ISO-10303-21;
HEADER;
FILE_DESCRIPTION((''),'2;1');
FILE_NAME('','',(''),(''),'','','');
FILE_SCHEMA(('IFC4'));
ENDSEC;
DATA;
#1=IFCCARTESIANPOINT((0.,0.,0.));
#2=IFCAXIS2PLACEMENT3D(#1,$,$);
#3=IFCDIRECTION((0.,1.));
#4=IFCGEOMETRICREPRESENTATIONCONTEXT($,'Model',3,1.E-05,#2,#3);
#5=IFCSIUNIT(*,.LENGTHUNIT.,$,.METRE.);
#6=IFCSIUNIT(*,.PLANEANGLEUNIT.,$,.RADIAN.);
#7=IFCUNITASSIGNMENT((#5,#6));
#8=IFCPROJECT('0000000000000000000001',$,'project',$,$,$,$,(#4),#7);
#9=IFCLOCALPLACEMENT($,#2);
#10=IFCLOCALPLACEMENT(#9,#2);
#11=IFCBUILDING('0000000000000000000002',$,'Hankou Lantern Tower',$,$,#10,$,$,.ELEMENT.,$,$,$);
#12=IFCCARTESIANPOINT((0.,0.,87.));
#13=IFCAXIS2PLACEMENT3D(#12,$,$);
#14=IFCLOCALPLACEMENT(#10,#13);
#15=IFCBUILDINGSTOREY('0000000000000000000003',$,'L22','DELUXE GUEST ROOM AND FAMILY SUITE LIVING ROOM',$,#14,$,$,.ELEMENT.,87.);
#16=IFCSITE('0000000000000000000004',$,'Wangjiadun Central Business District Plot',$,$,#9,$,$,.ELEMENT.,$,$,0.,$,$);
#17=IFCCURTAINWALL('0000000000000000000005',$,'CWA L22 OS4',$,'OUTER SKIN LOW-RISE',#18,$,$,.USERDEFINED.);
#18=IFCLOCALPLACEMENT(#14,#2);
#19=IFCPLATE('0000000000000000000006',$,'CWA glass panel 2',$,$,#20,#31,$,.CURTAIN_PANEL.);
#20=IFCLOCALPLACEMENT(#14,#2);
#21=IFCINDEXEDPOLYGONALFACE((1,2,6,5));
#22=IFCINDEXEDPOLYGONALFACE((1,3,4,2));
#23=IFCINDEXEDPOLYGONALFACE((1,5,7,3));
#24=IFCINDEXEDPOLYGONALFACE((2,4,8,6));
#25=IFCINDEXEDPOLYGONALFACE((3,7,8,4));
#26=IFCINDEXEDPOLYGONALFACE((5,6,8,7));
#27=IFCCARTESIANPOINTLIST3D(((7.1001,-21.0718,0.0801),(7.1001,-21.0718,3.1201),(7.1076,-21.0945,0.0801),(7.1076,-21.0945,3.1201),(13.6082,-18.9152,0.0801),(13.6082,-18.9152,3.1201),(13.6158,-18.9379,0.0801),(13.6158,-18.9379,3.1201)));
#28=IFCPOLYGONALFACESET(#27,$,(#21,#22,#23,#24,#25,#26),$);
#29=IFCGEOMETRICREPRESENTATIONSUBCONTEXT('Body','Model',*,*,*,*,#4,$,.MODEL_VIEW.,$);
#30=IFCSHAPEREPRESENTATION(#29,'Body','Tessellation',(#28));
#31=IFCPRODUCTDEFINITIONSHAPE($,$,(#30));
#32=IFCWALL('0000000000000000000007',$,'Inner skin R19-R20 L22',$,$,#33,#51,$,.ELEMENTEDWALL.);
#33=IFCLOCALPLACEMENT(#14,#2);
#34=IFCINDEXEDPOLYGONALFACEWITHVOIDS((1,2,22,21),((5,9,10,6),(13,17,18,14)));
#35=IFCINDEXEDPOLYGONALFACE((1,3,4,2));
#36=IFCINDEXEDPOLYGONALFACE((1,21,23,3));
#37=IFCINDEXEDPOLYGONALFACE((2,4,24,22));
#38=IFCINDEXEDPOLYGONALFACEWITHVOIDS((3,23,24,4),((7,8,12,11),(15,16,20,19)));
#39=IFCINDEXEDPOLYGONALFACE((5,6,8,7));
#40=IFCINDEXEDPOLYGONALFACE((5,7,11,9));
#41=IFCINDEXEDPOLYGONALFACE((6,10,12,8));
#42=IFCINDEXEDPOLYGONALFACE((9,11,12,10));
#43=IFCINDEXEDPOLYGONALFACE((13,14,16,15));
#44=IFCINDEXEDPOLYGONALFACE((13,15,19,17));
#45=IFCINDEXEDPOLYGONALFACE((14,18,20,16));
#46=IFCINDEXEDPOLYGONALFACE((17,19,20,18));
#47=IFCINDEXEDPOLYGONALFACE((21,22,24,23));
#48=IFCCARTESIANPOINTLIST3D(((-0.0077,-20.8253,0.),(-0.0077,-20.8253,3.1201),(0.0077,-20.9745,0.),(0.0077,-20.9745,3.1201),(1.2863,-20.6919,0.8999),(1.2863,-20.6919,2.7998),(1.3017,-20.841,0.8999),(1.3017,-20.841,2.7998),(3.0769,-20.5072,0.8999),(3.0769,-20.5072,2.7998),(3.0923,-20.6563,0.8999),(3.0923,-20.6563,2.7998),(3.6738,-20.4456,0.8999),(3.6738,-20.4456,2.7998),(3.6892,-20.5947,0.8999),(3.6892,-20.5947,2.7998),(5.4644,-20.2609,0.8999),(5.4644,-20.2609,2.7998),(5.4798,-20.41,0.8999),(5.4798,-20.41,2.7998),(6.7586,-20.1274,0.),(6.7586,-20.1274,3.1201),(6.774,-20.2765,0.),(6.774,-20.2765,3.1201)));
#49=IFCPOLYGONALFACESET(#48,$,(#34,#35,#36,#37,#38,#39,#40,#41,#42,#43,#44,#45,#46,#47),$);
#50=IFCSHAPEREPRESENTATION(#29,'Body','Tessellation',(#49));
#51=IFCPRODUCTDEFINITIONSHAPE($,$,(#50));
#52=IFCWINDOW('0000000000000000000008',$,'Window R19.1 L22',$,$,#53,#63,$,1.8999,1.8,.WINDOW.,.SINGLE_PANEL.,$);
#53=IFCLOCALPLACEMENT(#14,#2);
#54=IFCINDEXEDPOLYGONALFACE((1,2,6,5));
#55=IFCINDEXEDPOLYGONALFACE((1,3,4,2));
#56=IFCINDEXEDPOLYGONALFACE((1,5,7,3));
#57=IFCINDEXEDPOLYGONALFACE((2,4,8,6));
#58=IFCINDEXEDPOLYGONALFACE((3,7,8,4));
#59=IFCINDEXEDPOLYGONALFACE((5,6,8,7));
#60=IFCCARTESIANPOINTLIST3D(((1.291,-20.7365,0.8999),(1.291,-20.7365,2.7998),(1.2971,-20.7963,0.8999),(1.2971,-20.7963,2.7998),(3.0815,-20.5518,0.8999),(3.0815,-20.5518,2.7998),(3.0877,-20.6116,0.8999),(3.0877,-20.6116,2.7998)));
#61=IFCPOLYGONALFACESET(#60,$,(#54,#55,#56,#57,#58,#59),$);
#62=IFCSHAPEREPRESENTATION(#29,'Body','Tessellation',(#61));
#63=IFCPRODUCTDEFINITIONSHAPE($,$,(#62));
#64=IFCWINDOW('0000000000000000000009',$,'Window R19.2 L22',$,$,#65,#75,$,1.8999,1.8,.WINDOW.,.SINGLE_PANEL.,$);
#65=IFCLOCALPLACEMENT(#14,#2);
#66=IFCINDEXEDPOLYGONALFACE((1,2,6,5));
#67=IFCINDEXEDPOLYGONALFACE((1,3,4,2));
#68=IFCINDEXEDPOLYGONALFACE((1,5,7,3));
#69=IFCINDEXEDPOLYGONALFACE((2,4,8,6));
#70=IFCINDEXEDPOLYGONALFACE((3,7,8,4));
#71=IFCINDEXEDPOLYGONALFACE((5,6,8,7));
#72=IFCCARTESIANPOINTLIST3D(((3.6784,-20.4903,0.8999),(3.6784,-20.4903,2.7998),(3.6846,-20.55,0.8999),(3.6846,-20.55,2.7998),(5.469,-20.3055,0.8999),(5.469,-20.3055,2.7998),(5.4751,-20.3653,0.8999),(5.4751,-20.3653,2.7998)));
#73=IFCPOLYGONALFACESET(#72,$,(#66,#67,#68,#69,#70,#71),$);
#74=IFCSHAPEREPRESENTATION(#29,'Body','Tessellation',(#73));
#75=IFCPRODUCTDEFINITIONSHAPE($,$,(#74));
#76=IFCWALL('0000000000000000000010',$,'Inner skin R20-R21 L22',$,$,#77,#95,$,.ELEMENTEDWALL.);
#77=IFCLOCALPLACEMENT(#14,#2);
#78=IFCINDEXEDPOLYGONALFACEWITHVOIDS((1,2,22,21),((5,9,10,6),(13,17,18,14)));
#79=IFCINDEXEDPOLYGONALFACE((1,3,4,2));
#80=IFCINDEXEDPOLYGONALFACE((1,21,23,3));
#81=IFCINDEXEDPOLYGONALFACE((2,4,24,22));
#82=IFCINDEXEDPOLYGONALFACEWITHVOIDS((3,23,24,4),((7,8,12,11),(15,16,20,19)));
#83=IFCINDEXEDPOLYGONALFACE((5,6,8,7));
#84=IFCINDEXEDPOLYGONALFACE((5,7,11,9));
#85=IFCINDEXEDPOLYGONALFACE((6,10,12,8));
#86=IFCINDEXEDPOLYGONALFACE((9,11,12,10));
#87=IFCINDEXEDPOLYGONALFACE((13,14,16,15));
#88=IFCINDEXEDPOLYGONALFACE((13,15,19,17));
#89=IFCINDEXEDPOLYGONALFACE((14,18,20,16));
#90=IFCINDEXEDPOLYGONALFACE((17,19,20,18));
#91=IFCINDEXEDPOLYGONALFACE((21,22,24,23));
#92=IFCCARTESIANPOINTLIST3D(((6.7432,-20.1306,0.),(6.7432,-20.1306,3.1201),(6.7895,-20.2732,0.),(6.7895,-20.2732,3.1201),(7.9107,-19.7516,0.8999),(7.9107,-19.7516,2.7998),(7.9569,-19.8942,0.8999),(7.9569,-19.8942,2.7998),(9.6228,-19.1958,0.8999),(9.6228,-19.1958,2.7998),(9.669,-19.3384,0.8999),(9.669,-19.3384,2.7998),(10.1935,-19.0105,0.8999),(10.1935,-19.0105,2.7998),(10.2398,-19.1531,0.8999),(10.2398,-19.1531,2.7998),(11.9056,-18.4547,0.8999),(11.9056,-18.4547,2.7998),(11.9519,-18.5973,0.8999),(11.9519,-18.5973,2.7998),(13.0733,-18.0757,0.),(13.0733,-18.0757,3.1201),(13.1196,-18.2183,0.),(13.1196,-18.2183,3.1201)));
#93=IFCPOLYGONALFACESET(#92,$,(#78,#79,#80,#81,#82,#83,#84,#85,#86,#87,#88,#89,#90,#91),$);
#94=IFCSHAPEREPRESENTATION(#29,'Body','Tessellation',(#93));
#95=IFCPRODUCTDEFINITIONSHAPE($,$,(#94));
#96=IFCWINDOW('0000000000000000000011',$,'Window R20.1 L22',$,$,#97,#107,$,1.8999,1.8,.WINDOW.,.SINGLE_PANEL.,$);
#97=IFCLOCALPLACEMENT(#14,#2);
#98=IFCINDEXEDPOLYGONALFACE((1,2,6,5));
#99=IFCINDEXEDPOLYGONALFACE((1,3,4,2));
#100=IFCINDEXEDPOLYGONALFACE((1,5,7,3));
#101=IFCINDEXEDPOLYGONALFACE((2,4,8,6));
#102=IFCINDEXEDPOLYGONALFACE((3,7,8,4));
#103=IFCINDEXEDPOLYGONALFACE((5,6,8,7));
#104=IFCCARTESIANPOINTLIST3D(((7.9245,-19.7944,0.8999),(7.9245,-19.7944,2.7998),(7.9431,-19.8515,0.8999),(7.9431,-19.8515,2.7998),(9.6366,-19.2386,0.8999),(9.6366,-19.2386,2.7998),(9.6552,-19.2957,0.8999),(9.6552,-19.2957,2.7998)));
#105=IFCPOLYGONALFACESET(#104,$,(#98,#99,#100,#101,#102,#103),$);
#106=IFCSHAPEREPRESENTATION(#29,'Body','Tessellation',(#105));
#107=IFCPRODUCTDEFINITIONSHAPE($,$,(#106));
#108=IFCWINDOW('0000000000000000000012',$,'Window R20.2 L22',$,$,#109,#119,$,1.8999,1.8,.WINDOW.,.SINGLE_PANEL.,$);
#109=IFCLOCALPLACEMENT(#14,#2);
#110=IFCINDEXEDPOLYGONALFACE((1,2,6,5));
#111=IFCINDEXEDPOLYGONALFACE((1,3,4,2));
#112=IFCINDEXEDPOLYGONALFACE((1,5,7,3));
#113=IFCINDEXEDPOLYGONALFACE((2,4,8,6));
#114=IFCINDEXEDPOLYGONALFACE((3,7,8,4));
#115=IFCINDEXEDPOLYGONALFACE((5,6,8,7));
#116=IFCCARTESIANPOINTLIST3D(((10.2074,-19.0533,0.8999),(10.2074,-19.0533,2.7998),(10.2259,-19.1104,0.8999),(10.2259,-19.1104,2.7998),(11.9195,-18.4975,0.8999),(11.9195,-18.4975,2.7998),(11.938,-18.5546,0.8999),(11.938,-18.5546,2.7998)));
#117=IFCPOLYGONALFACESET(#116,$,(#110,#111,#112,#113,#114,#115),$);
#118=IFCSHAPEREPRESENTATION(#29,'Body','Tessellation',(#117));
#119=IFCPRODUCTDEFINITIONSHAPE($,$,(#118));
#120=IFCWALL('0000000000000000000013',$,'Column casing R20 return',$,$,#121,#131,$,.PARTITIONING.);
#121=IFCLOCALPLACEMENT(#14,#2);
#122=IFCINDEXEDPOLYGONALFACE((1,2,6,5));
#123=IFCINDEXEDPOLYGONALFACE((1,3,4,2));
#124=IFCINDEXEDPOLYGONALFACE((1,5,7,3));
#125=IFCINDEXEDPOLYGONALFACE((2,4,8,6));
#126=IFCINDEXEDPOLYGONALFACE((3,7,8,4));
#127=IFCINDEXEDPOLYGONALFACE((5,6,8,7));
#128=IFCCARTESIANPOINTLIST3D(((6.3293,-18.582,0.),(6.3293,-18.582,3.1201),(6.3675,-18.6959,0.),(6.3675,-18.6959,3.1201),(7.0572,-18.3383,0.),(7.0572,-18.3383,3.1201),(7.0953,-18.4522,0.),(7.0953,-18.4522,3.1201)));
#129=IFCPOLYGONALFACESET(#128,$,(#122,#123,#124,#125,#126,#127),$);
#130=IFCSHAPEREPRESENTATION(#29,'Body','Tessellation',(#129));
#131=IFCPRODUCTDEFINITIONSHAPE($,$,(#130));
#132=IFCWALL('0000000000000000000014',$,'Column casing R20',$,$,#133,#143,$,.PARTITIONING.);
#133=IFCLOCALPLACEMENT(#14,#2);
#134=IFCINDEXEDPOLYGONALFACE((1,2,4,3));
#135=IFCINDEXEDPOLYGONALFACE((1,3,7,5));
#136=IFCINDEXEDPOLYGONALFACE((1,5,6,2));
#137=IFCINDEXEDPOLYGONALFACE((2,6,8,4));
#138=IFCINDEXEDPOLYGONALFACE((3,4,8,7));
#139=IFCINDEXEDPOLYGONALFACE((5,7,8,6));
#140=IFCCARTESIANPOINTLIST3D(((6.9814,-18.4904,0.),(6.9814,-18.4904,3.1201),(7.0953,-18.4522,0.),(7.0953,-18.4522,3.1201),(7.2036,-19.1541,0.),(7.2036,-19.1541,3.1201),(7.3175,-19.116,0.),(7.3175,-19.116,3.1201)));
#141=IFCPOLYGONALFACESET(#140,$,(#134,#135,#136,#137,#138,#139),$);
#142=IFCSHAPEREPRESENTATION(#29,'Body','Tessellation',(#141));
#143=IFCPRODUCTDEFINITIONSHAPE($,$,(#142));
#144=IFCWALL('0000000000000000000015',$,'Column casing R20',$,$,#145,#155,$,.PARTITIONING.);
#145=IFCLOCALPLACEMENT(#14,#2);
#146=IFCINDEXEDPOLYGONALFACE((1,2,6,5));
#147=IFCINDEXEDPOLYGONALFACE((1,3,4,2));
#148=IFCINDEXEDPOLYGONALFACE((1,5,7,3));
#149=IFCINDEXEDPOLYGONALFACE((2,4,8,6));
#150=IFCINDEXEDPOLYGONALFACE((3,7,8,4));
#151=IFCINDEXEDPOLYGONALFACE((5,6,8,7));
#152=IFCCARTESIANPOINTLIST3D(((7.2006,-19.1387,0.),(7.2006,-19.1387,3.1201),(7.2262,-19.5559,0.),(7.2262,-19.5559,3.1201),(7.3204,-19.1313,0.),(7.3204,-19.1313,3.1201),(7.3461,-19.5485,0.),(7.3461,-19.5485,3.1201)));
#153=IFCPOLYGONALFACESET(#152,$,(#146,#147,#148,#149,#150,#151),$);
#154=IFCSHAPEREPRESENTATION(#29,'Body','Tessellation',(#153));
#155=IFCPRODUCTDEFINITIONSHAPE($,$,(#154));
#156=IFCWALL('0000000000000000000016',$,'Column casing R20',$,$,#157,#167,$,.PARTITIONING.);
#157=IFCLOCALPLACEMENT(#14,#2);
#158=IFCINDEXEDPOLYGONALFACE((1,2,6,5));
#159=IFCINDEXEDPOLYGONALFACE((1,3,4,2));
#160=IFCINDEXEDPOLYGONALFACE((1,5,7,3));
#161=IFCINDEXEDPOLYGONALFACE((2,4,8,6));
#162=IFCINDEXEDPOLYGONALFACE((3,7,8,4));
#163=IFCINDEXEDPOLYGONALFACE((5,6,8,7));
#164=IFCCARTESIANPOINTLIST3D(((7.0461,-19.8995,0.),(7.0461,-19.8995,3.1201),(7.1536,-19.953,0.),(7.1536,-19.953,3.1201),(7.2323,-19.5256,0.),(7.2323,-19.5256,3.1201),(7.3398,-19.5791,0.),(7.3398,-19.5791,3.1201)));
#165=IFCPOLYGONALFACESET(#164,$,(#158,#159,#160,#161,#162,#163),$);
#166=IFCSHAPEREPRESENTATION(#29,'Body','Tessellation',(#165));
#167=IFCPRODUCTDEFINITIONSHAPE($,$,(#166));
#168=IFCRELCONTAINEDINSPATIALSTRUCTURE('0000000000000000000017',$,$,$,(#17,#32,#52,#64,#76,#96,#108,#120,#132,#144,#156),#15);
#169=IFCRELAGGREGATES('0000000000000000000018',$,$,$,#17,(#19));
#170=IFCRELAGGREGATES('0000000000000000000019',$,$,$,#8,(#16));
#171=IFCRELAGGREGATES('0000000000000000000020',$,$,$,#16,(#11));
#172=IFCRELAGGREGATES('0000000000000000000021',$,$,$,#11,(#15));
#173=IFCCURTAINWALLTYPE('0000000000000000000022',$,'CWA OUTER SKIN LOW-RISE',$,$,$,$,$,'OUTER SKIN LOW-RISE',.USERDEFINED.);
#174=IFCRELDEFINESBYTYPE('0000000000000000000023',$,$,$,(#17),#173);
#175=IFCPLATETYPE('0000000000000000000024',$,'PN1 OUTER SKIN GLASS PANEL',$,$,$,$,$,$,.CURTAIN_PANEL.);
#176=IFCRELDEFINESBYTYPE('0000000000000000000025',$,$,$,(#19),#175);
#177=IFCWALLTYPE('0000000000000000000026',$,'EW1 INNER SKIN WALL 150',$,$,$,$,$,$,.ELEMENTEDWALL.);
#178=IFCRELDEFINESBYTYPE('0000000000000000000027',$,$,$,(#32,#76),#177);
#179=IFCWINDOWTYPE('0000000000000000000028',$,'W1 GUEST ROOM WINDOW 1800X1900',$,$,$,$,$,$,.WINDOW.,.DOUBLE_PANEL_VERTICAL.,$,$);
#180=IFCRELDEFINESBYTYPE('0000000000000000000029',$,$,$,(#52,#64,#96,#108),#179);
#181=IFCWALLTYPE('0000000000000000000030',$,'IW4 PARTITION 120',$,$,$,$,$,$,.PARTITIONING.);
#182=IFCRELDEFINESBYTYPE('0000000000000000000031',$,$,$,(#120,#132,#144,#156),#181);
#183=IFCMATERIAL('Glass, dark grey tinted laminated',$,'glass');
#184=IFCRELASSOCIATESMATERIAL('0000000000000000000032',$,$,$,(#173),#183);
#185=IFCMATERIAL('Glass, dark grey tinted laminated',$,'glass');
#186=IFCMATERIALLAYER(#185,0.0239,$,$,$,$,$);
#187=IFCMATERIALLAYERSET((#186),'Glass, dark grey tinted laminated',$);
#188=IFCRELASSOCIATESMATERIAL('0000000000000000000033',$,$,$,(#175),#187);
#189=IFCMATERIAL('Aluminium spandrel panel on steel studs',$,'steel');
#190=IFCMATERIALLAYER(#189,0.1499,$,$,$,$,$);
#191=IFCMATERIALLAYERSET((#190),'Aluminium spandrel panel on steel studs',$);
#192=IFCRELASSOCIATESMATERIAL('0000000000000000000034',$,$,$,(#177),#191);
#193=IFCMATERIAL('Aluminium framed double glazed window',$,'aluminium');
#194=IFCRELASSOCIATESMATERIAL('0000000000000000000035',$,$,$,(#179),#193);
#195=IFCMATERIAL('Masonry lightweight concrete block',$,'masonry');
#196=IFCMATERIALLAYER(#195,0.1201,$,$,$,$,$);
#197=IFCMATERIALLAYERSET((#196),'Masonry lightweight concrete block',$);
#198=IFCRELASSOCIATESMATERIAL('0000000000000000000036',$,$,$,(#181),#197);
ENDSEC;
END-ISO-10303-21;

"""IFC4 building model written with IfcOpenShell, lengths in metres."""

from ifc_helpers import new_model, si_unit, direction, frame, frame_2d, origin, origin_2d, place, context, subcontext, project, spatial, rectangle, extrude, material, layer, layer_set, type_object, element, fill, aggregate, save


model = new_model("IFC4")

# Units and contexts
model_context = context("Model", 3, precision=1e-05, world=origin(), true_north=direction((0.0, 1.0)))
body_context = subcontext(model_context, "Body", "Model", "MODEL_VIEW")
ifc_project = project(units=[si_unit("LENGTHUNIT", "METRE"), si_unit("PLANEANGLEUNIT", "RADIAN")], contexts=[model_context])

# Site, building, storey
site_placement = place(None, origin())
site = spatial("IfcSite", under=ifc_project, at=site_placement, Name="Wangjiadun Central Business District Plot", CompositionType="ELEMENT", RefElevation=0.0)
building_placement = place(site_placement, origin())
building = spatial("IfcBuilding", under=site, at=building_placement, Name="Hankou Lantern Tower", CompositionType="ELEMENT")
storey_placement = place(building_placement, frame((0.0, 0.0, 87.0)))
storey = spatial("IfcBuildingStorey", under=building, at=storey_placement, Name="L22", Description="DELUXE GUEST ROOM AND FAMILY SUITE LIVING ROOM", CompositionType="ELEMENT", Elevation=87.0)

# Curtain wall
ifc_material_1 = material(Name="Glass, dark grey tinted laminated", Category="glass")
curtain_wall_type = type_object("IfcCurtainWallType", Name="CWA OUTER SKIN LOW-RISE", ElementType="OUTER SKIN LOW-RISE", PredefinedType="USERDEFINED", material=ifc_material_1)
curtain_wall_placement = place(storey_placement, origin())
curtain_wall = element("IfcCurtainWall", 1, at=curtain_wall_placement, inside=storey, type_object=curtain_wall_type, Name="CWA L22 OS4", ObjectType="OUTER SKIN LOW-RISE", PredefinedType="USERDEFINED")

# Plate
ifc_material_2 = material(Name="Glass, dark grey tinted laminated", Category="glass")
ifc_layer_1 = layer(ifc_material_2, 0.0239)
ifc_layer_set_1 = layer_set([ifc_layer_1], Name="Glass, dark grey tinted laminated")
plate_type = type_object("IfcPlateType", Name="PN1 OUTER SKIN GLASS PANEL", PredefinedType="CURTAIN_PANEL", material=ifc_layer_set_1)
plate_1_placement = place(storey_placement, frame((10.3579, -20.0049, 0.0801), z_axis=(0.0, 0.0, 1.0), x_axis=(0.949241, 0.314551, 0.0)))
plate_1 = element("IfcPlate", 2, at=plate_1_placement, type_object=plate_type, Name="CWA glass panel 2", PredefinedType="CURTAIN_PANEL", context=body_context, shape_type="SweptSolid", body=[
    extrude(rectangle(XDim=6.8562, YDim=0.0239, at=origin_2d()), origin(), (0.0, 0.0, 1.0), 3.04),
])
aggregate(curtain_wall, [plate_1])

# Walls, openings, windows
ifc_material_3 = material(Name="Aluminium spandrel panel on steel studs", Category="steel")
ifc_layer_2 = layer(ifc_material_3, 0.1499)
ifc_layer_set_2 = layer_set([ifc_layer_2], Name="Aluminium spandrel panel on steel studs")
wall_type_1 = type_object("IfcWallType", Name="EW1 INNER SKIN WALL 150", PredefinedType="ELEMENTEDWALL", material=ifc_layer_set_2)
wall_1_placement = place(storey_placement, frame((0.0, -20.8999, 0.0), z_axis=(0.0, 0.0, 1.0), x_axis=(0.994721, 0.102613, 0.0)))
wall_1 = element("IfcWall", 3, at=wall_1_placement, inside=storey, type_object=wall_type_1, Name="Inner skin R19-R20 L22", PredefinedType="ELEMENTEDWALL", context=body_context, shape_type="SweptSolid", body=[
    extrude(rectangle(XDim=6.8022, YDim=0.1499, at=frame_2d((3.4011, 0.0))), origin(), (0.0, 0.0, 1.0), 3.1201),
])
opening_1_placement = place(wall_1_placement, frame((1.301, 0.0, 0.8999)))
opening_1 = element("IfcOpeningElement", 4, at=opening_1_placement, cuts=wall_1, PredefinedType="OPENING", context=body_context, shape_type="SweptSolid", body=[
    extrude(rectangle(XDim=1.8, YDim=1.8999, at=frame_2d((0.8999, 0.95))), frame((0.0, 0.085, 0.0), z_axis=(0.0, -1.0, 0.0), x_axis=(1.0, 0.0, 0.0)), (0.0, 0.0, 1.0), 0.1699),
])
opening_2_placement = place(wall_1_placement, frame((3.7012, 0.0, 0.8999)))
opening_2 = element("IfcOpeningElement", 5, at=opening_2_placement, cuts=wall_1, PredefinedType="OPENING", context=body_context, shape_type="SweptSolid", body=[
    extrude(rectangle(XDim=1.8, YDim=1.8999, at=frame_2d((0.8999, 0.95))), frame((0.0, 0.085, 0.0), z_axis=(0.0, -1.0, 0.0), x_axis=(1.0, 0.0, 0.0)), (0.0, 0.0, 1.0), 0.1699),
])
ifc_material_4 = material(Name="Aluminium framed double glazed window", Category="aluminium")
window_type = type_object("IfcWindowType", Name="W1 GUEST ROOM WINDOW 1800X1900", PartitioningType="DOUBLE_PANEL_VERTICAL", PredefinedType="WINDOW", material=ifc_material_4)
window_1_placement = place(opening_1_placement, origin())
window_1 = element("IfcWindow", 6, at=window_1_placement, inside=storey, type_object=window_type, Name="Window R19.1 L22", OverallHeight=1.8999, OverallWidth=1.8, PartitioningType="SINGLE_PANEL", PredefinedType="WINDOW", context=body_context, shape_type="SweptSolid", body=[
    extrude(rectangle(XDim=1.8, YDim=1.8999, at=frame_2d((0.8999, 0.95))), frame((0.0, 0.03, 0.0), z_axis=(0.0, -1.0, 0.0), x_axis=(1.0, 0.0, 0.0)), (0.0, 0.0, 1.0), 0.0601),
])
fill(opening_1, window_1)
window_2_placement = place(opening_2_placement, origin())
window_2 = element("IfcWindow", 7, at=window_2_placement, inside=storey, type_object=window_type, Name="Window R19.2 L22", OverallHeight=1.8999, OverallWidth=1.8, PartitioningType="SINGLE_PANEL", PredefinedType="WINDOW", context=body_context, shape_type="SweptSolid", body=[
    extrude(rectangle(XDim=1.8, YDim=1.8999, at=frame_2d((0.8999, 0.95))), frame((0.0, 0.03, 0.0), z_axis=(0.0, -1.0, 0.0), x_axis=(1.0, 0.0, 0.0)), (0.0, 0.0, 1.0), 0.0601),
])
fill(opening_2, window_2)
wall_2_placement = place(storey_placement, frame((6.7664, -20.2019, 0.0), z_axis=(0.0, 0.0, 1.0), x_axis=(0.951138, 0.308768, 0.0)))
wall_2 = element("IfcWall", 8, at=wall_2_placement, inside=storey, type_object=wall_type_1, Name="Inner skin R20-R21 L22", PredefinedType="ELEMENTEDWALL", context=body_context, shape_type="SweptSolid", body=[
    extrude(rectangle(XDim=6.6553, YDim=0.1499, at=frame_2d((3.3276, 0.0))), origin(), (0.0, 0.0, 1.0), 3.1201),
])
opening_3_placement = place(wall_2_placement, frame((1.2275, 0.0, 0.8999)))
opening_3 = element("IfcOpeningElement", 9, at=opening_3_placement, cuts=wall_2, PredefinedType="OPENING", context=body_context, shape_type="SweptSolid", body=[
    extrude(rectangle(XDim=1.8, YDim=1.8999, at=frame_2d((0.8999, 0.95))), frame((0.0, 0.085, 0.0), z_axis=(0.0, -1.0, 0.0), x_axis=(1.0, 0.0, 0.0)), (0.0, 0.0, 1.0), 0.1699),
])
opening_4_placement = place(wall_2_placement, frame((3.6277, 0.0, 0.8999)))
opening_4 = element("IfcOpeningElement", 10, at=opening_4_placement, cuts=wall_2, PredefinedType="OPENING", context=body_context, shape_type="SweptSolid", body=[
    extrude(rectangle(XDim=1.8, YDim=1.8999, at=frame_2d((0.8999, 0.95))), frame((0.0, 0.085, 0.0), z_axis=(0.0, -1.0, 0.0), x_axis=(1.0, 0.0, 0.0)), (0.0, 0.0, 1.0), 0.1699),
])
window_3_placement = place(opening_3_placement, origin())
window_3 = element("IfcWindow", 11, at=window_3_placement, inside=storey, type_object=window_type, Name="Window R20.1 L22", OverallHeight=1.8999, OverallWidth=1.8, PartitioningType="SINGLE_PANEL", PredefinedType="WINDOW", context=body_context, shape_type="SweptSolid", body=[
    extrude(rectangle(XDim=1.8, YDim=1.8999, at=frame_2d((0.8999, 0.95))), frame((0.0, 0.03, 0.0), z_axis=(0.0, -1.0, 0.0), x_axis=(1.0, 0.0, 0.0)), (0.0, 0.0, 1.0), 0.0601),
])
fill(opening_3, window_3)
window_4_placement = place(opening_4_placement, origin())
window_4 = element("IfcWindow", 12, at=window_4_placement, inside=storey, type_object=window_type, Name="Window R20.2 L22", OverallHeight=1.8999, OverallWidth=1.8, PartitioningType="SINGLE_PANEL", PredefinedType="WINDOW", context=body_context, shape_type="SweptSolid", body=[
    extrude(rectangle(XDim=1.8, YDim=1.8999, at=frame_2d((0.8999, 0.95))), frame((0.0, 0.03, 0.0), z_axis=(0.0, -1.0, 0.0), x_axis=(1.0, 0.0, 0.0)), (0.0, 0.0, 1.0), 0.0601),
])
fill(opening_4, window_4)

# Walls
ifc_material_5 = material(Name="Masonry lightweight concrete block", Category="masonry")
ifc_layer_3 = layer(ifc_material_5, 0.1201)
ifc_layer_set_3 = layer_set([ifc_layer_3], Name="Masonry lightweight concrete block")
wall_type_2 = type_object("IfcWallType", Name="IW4 PARTITION 120", PredefinedType="PARTITIONING", material=ifc_layer_set_3)
wall_3_placement = place(storey_placement, frame((6.3484, -18.6389, 0.0), z_axis=(0.0, 0.0, 1.0), x_axis=(0.948269, 0.317468, 0.0)))
element("IfcWall", 13, at=wall_3_placement, inside=storey, type_object=wall_type_2, Name="Column casing R20 return", PredefinedType="PARTITIONING", context=body_context, shape_type="SweptSolid", body=[
    extrude(rectangle(XDim=0.7676, YDim=0.1201, at=frame_2d((0.3838, 0.0))), origin(), (0.0, 0.0, 1.0), 3.1201),
])
wall_4_placement = place(storey_placement, frame((7.0383, -18.4712, 0.0), z_axis=(0.0, 0.0, 1.0), x_axis=(0.317378, -0.948299, 0.0)))
element("IfcWall", 14, at=wall_4_placement, inside=storey, type_object=wall_type_2, Name="Column casing R20", PredefinedType="PARTITIONING", context=body_context, shape_type="SweptSolid", body=[
    extrude(rectangle(XDim=0.7, YDim=0.1201, at=frame_2d((0.3501, 0.0))), origin(), (0.0, 0.0, 1.0), 3.1201),
])
wall_5_placement = place(storey_placement, frame((7.2605, -19.135, 0.0), z_axis=(0.0, 0.0, 1.0), x_axis=(0.061324, -0.998118, 0.0)))
element("IfcWall", 15, at=wall_5_placement, inside=storey, type_object=wall_type_2, Name="Column casing R20", PredefinedType="PARTITIONING", context=body_context, shape_type="SweptSolid", body=[
    extrude(rectangle(XDim=0.418, YDim=0.1201, at=frame_2d((0.209, 0.0))), origin(), (0.0, 0.0, 1.0), 3.1201),
])
wall_6_placement = place(storey_placement, frame((7.2861, -19.5522, 0.0), z_axis=(0.0, 0.0, 1.0), x_axis=(-0.445811, -0.895127, 0.0)))
element("IfcWall", 16, at=wall_6_placement, inside=storey, type_object=wall_type_2, Name="Column casing R20", PredefinedType="PARTITIONING", context=body_context, shape_type="SweptSolid", body=[
    extrude(rectangle(XDim=0.4177, YDim=0.1201, at=frame_2d((0.209, 0.0))), origin(), (0.0, 0.0, 1.0), 3.1201),
])

save(model, "model.ifc")
